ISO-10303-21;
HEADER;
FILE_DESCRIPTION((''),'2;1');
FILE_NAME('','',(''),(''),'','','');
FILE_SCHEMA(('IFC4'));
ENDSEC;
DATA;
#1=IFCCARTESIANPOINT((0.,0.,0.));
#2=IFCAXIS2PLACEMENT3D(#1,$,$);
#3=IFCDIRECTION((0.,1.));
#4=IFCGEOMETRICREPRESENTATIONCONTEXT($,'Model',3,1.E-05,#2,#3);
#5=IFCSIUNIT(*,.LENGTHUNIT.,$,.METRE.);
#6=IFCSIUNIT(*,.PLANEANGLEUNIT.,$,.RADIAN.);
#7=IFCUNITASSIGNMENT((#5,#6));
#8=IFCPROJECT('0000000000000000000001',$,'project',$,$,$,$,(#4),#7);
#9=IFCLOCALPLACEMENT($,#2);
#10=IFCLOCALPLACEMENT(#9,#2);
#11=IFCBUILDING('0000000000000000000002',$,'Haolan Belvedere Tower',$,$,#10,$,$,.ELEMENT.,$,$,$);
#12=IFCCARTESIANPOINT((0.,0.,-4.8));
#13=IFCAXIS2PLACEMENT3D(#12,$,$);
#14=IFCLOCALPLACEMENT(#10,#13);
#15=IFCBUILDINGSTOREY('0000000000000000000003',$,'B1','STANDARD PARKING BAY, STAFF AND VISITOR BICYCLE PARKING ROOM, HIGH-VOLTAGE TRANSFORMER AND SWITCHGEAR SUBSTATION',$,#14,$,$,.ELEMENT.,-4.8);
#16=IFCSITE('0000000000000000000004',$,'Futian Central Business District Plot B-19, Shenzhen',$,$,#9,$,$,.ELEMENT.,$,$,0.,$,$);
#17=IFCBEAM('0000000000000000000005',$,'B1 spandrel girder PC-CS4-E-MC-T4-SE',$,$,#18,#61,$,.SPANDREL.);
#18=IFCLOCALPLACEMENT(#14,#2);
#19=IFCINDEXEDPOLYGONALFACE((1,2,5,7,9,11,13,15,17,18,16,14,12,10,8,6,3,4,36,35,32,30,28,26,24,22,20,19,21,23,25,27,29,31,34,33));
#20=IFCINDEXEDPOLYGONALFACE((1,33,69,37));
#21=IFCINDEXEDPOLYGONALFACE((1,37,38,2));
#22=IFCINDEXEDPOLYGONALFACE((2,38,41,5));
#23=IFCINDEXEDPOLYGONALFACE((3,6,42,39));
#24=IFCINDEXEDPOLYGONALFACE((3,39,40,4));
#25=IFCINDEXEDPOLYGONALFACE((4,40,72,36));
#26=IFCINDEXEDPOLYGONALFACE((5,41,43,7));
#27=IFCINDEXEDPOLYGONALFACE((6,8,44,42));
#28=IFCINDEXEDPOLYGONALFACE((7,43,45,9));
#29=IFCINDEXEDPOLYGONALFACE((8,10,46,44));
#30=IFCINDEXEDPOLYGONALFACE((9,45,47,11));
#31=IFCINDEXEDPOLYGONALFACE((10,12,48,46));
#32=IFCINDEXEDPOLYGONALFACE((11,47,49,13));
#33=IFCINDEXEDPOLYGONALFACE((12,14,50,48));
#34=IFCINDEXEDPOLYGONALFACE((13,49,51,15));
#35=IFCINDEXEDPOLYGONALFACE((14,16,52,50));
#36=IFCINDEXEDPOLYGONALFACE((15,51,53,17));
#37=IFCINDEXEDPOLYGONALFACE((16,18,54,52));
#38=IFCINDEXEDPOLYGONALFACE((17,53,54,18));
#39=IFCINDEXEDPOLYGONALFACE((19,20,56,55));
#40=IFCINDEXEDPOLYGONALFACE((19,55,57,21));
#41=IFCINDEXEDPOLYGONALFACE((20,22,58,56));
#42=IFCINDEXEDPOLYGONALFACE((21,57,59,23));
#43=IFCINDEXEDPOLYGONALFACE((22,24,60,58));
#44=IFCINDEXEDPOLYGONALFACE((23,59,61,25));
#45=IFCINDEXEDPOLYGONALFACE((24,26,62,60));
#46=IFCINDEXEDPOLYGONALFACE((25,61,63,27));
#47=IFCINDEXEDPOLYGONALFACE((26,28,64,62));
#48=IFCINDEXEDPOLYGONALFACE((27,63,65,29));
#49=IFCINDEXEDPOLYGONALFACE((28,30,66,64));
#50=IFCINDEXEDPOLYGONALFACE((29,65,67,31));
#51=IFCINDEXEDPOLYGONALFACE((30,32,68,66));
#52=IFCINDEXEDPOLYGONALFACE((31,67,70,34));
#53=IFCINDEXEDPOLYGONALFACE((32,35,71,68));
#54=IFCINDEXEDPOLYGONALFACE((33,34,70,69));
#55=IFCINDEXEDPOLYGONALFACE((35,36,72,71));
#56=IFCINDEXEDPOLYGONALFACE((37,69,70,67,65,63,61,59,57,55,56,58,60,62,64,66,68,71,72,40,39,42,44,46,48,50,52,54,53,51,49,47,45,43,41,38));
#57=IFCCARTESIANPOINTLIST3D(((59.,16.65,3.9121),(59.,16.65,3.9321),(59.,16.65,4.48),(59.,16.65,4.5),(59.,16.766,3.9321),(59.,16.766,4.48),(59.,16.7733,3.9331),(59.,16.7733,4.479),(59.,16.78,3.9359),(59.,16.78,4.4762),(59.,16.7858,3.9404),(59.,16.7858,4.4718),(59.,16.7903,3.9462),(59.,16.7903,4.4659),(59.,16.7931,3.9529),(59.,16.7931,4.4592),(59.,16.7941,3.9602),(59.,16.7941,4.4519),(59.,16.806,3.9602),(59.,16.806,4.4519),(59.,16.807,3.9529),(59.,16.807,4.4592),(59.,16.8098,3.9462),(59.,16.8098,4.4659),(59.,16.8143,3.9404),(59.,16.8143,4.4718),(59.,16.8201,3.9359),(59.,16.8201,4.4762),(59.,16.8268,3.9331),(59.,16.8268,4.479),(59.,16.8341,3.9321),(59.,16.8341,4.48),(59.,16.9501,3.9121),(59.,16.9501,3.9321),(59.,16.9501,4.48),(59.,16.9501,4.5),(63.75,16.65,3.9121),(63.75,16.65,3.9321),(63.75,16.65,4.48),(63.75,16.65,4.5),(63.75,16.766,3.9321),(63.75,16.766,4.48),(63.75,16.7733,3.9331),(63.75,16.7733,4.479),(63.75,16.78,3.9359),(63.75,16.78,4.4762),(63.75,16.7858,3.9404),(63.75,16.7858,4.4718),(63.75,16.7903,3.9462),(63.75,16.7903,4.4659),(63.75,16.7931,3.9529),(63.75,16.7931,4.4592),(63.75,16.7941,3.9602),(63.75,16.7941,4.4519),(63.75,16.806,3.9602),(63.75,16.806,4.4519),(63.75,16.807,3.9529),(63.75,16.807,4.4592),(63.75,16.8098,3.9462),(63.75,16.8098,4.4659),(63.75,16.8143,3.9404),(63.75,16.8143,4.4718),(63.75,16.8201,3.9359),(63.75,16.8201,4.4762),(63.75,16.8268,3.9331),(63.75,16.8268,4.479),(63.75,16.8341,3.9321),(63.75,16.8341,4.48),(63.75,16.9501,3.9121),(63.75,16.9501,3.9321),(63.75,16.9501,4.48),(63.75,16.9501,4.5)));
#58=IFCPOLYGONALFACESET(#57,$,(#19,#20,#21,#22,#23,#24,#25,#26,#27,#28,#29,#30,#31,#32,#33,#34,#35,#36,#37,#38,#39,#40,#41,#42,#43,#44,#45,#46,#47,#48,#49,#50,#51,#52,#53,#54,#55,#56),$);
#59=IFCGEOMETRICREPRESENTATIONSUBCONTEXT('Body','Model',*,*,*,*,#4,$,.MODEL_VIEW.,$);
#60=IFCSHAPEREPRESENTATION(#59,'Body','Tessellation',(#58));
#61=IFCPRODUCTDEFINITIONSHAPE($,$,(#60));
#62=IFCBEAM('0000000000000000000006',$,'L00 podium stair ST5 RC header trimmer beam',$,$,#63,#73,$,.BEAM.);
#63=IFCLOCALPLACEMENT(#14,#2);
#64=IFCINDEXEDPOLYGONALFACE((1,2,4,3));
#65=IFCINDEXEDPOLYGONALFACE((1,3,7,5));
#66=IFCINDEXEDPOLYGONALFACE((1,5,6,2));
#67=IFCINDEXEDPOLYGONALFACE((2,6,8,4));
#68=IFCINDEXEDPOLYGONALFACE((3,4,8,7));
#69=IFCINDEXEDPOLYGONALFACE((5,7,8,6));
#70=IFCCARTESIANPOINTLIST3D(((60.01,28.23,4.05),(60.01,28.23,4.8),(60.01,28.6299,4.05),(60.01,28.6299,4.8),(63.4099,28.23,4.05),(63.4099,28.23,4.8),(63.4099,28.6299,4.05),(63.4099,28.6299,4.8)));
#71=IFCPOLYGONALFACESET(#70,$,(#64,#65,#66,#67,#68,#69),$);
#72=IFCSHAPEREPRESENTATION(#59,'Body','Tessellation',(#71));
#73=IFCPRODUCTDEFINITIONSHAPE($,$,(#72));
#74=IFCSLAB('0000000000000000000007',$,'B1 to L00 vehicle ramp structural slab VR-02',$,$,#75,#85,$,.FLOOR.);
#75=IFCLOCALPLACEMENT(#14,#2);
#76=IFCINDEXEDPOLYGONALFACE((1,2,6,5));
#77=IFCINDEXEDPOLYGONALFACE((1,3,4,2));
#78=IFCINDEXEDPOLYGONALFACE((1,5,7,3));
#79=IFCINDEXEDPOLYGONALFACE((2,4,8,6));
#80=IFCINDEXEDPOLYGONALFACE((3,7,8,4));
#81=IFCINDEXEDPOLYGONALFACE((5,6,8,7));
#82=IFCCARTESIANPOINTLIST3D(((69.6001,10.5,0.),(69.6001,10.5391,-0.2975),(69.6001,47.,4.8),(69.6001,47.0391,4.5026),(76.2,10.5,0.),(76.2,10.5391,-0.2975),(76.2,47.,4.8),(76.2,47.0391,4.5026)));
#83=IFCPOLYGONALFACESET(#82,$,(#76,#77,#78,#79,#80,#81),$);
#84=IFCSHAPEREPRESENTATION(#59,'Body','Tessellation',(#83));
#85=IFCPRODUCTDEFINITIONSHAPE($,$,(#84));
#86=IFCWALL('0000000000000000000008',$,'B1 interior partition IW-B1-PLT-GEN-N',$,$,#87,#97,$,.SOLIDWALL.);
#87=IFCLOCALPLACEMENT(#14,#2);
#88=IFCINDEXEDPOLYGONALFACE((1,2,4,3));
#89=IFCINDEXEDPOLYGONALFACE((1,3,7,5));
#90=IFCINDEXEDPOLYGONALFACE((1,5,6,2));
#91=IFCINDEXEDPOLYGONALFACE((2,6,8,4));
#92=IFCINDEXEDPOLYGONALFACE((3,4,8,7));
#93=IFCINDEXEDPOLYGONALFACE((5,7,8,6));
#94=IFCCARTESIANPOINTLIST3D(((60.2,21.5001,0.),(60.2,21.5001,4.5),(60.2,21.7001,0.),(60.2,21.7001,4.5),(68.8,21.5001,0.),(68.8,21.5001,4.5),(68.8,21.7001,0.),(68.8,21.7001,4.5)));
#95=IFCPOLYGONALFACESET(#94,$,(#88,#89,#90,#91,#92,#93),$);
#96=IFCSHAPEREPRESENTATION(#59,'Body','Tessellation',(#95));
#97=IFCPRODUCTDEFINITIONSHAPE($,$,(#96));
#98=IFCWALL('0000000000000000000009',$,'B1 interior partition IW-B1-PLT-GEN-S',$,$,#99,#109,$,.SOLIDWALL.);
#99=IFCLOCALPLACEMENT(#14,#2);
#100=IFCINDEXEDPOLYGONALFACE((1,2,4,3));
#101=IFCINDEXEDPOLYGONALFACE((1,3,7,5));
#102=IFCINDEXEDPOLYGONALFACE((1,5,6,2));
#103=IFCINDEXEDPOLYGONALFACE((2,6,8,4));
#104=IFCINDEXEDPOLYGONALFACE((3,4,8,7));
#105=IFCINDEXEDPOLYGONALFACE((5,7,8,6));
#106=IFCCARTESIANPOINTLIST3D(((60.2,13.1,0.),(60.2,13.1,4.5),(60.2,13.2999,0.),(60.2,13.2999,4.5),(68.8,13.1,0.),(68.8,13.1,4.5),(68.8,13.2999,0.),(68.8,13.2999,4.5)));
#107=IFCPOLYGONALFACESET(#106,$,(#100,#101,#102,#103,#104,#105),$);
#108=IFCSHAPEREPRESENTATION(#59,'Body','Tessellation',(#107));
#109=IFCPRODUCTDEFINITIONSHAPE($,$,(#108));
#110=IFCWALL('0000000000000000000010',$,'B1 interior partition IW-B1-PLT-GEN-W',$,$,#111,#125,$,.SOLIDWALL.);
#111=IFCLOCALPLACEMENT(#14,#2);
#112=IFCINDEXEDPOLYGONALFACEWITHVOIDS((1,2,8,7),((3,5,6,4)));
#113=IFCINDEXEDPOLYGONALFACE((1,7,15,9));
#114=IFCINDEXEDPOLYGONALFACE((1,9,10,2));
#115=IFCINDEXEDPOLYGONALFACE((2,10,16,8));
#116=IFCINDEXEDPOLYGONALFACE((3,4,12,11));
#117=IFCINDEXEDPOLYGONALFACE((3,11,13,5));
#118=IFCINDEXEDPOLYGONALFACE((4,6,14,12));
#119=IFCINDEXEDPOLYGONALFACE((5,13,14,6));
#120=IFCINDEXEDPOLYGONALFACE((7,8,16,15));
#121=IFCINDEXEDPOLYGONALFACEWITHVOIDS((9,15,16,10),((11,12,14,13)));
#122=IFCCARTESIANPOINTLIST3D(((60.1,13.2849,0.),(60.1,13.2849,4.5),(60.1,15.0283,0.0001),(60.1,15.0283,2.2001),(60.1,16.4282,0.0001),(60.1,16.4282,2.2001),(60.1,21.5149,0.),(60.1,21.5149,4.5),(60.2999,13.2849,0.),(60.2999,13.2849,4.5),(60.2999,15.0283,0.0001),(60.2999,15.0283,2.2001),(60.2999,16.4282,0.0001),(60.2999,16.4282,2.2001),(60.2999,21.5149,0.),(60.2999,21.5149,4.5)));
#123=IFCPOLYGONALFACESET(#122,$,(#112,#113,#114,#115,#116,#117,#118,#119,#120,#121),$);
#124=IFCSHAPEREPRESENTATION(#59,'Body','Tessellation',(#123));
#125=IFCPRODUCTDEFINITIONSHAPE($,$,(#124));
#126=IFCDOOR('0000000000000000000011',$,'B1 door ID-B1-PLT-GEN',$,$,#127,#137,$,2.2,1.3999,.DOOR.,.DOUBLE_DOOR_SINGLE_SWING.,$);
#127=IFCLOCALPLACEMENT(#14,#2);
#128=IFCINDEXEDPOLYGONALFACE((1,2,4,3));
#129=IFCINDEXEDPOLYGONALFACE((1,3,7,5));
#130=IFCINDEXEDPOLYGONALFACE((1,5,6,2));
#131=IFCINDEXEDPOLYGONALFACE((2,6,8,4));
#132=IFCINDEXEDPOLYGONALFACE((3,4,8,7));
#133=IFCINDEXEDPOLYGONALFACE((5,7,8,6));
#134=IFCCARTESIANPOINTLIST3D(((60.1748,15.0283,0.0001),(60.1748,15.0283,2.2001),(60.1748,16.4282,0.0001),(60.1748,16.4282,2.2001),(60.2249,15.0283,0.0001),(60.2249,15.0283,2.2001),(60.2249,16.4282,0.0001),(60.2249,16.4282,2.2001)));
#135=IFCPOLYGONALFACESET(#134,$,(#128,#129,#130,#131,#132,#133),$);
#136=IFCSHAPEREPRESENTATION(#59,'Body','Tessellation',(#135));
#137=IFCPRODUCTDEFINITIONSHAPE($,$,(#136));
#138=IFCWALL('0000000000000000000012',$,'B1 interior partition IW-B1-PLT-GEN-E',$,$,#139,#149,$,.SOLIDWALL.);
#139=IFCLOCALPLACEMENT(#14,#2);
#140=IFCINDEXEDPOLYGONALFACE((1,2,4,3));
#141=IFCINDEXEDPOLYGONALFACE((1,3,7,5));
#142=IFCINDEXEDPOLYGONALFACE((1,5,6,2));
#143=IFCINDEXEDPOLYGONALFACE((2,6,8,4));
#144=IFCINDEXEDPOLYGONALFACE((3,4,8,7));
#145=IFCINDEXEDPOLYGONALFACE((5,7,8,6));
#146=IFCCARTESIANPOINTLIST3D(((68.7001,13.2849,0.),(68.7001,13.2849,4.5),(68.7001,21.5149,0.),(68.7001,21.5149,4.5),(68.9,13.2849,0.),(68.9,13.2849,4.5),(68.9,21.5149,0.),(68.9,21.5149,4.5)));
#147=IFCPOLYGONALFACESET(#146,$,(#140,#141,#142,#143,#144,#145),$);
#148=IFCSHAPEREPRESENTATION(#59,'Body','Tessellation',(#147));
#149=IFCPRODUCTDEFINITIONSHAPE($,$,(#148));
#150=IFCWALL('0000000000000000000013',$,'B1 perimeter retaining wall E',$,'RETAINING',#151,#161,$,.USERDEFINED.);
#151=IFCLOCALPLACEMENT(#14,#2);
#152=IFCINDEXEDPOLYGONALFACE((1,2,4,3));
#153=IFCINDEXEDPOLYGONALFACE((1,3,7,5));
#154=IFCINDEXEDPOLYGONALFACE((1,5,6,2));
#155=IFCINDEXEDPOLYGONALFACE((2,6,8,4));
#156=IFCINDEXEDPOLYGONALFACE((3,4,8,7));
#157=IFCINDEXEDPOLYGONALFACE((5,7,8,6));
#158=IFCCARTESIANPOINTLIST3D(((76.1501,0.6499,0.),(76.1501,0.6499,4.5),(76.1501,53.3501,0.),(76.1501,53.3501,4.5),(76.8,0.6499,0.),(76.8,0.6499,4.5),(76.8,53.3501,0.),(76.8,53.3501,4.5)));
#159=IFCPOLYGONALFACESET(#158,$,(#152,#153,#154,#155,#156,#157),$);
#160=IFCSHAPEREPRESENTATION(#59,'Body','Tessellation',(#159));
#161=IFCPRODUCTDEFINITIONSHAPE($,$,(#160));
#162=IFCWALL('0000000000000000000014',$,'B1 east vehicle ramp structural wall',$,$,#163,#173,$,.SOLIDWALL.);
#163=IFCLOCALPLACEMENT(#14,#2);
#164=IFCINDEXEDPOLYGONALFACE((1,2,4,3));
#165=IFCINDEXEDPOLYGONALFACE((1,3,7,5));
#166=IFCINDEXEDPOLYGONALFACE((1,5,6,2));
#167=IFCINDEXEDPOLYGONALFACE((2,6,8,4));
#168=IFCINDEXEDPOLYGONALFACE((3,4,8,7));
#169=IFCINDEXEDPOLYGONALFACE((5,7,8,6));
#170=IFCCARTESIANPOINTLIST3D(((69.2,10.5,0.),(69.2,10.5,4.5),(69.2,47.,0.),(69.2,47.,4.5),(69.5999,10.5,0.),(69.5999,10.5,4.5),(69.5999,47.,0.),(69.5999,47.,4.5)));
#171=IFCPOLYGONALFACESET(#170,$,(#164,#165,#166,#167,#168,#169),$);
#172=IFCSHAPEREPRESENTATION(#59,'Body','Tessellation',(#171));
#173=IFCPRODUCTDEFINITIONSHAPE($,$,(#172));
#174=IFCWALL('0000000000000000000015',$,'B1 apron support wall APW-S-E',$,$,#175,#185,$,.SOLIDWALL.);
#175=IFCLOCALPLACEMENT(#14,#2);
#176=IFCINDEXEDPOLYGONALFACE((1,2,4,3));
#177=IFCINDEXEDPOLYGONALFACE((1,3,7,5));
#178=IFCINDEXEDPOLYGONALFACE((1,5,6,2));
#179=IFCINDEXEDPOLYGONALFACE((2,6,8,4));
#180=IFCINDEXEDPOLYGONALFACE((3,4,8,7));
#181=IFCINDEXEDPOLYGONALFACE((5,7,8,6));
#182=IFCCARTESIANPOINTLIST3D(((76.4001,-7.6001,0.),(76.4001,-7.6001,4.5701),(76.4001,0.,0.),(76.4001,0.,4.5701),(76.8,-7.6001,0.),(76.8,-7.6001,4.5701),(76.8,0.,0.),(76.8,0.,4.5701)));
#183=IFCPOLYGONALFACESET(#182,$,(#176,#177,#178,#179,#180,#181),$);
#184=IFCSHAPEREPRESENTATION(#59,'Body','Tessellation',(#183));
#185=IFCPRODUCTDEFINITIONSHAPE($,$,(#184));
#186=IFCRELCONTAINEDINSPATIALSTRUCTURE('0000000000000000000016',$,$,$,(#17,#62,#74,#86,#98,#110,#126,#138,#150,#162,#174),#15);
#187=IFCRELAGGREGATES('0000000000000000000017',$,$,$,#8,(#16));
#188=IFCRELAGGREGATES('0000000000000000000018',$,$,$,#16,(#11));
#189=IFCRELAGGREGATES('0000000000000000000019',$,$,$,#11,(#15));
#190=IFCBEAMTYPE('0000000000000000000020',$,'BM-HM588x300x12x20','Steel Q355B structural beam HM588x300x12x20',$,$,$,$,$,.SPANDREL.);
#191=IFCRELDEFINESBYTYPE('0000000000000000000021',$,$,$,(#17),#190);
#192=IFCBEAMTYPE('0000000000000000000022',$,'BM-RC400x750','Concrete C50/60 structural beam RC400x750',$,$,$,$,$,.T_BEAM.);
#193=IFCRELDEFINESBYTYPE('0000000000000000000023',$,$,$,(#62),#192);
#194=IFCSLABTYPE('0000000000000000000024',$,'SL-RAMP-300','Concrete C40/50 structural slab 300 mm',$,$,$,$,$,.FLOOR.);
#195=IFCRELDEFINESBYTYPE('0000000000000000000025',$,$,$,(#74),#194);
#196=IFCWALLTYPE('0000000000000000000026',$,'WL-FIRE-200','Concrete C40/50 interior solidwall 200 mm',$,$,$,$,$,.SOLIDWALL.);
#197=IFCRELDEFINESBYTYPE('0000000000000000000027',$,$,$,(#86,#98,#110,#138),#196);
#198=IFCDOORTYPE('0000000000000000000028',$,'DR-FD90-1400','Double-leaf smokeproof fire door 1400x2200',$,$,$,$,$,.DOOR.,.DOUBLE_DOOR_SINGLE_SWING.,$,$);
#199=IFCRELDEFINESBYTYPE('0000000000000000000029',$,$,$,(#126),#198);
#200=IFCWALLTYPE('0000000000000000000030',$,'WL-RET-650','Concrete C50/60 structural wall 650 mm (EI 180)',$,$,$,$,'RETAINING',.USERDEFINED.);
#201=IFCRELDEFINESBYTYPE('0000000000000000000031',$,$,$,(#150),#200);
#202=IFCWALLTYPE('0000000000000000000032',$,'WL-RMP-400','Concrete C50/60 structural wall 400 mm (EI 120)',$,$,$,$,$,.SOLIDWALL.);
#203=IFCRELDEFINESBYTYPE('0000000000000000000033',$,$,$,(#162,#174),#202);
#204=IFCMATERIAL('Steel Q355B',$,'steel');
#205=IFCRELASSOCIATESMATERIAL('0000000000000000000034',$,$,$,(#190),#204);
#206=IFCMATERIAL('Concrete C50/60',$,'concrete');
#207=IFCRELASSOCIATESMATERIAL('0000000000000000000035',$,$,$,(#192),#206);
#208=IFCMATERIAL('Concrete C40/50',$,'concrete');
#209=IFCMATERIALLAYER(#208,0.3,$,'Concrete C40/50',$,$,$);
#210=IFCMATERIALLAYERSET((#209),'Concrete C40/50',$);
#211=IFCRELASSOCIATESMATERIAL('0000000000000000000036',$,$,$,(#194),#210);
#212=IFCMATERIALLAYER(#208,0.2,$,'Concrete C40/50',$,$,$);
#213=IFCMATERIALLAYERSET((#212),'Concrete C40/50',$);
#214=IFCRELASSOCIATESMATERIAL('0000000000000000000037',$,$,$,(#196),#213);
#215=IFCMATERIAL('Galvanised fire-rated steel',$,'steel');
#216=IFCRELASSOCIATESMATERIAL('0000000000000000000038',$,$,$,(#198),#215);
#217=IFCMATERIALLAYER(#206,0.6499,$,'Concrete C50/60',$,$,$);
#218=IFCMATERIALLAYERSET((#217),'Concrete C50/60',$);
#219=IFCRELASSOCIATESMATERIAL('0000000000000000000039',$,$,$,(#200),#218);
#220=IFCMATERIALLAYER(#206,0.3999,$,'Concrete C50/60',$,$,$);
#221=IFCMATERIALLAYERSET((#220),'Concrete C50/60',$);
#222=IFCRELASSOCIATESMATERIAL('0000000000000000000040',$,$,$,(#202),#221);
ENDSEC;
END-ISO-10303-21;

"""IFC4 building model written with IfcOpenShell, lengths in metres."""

from ifc_helpers import new_model, si_unit, direction, frame, frame_2d, origin, origin_2d, place, context, subcontext, project, spatial, polyline, rectangle, i_section, outline, extrude, material, layer, layer_set, material_profile, profile_set, type_object, element, fill, save


model = new_model("IFC4")

# Units and contexts
model_context = context("Model", 3, precision=1e-05, world=origin(), true_north=direction((0.0, 1.0)))
body_context = subcontext(model_context, "Body", "Model", "MODEL_VIEW")
ifc_project = project(units=[si_unit("LENGTHUNIT", "METRE"), si_unit("PLANEANGLEUNIT", "RADIAN")], contexts=[model_context])

# Site, building, storey
site_placement = place(None, origin())
site = spatial("IfcSite", under=ifc_project, at=site_placement, Name="Futian Central Business District Plot B-19, Shenzhen", CompositionType="ELEMENT", RefElevation=0.0)
building_placement = place(site_placement, origin())
building = spatial("IfcBuilding", under=site, at=building_placement, Name="Haolan Belvedere Tower", CompositionType="ELEMENT")
storey_placement = place(building_placement, frame((0.0, 0.0, -4.8)))
storey = spatial("IfcBuildingStorey", under=building, at=storey_placement, Name="B1", Description="STANDARD PARKING BAY, STAFF AND VISITOR BICYCLE PARKING ROOM, HIGH-VOLTAGE TRANSFORMER AND SWITCHGEAR SUBSTATION", CompositionType="ELEMENT", Elevation=-4.8)

# Shared definitions
ifc_material_1 = material(Name="Steel Q355B", Category="steel")

# Beams
ifc_material_profile_1 = material_profile(ifc_material_1, i_section(OverallWidth=0.3, OverallDepth=0.5879, WebThickness=0.012, FlangeThickness=0.02, FilletRadius=0.0281, at=origin_2d()), Name="Steel Q355B")
ifc_profile_set_1 = profile_set([ifc_material_profile_1], Name="Steel Q355B")
beam_type_1 = type_object("IfcBeamType", Name="BM-HM588x300x12x20", Description="Steel Q355B structural beam HM588x300x12x20", PredefinedType="SPANDREL", material=ifc_profile_set_1)
beam_1_placement = place(storey_placement, frame((59.0, 16.8, 4.2061), z_axis=(1.0, 0.0, 0.0), x_axis=(0.0, 1.0, 0.0)))
element("IfcBeam", 1, at=beam_1_placement, inside=storey, type_object=beam_type_1, Name="B1 spandrel girder PC-CS4-E-MC-T4-SE", PredefinedType="SPANDREL", context=body_context, shape_type="SweptSolid", body=[
    extrude(i_section(OverallWidth=0.3, OverallDepth=0.5879, WebThickness=0.012, FlangeThickness=0.02, FilletRadius=0.0281, at=origin_2d()), origin(), (0.0, 0.0, 1.0), 4.75),
])
ifc_material_2 = material(Name="Concrete C50/60", Category="concrete")
ifc_material_profile_2 = material_profile(ifc_material_2, rectangle(XDim=0.3999, YDim=0.75, at=origin_2d()), Name="Concrete C50/60")
ifc_profile_set_2 = profile_set([ifc_material_profile_2], Name="Concrete C50/60")
beam_type_2 = type_object("IfcBeamType", Name="BM-RC400x750", Description="Concrete C50/60 structural beam RC400x750", PredefinedType="T_BEAM", material=ifc_profile_set_2)
beam_2_placement = place(storey_placement, frame((60.01, 28.4299, 4.425), z_axis=(1.0, 0.0, 0.0), x_axis=(0.0, 1.0, 0.0)))
element("IfcBeam", 2, at=beam_2_placement, inside=storey, type_object=beam_type_2, Name="L00 podium stair ST5 RC header trimmer beam", PredefinedType="BEAM", context=body_context, shape_type="SweptSolid", body=[
    extrude(rectangle(XDim=0.3999, YDim=0.75, at=origin_2d()), origin(), (0.0, 0.0, 1.0), 3.3999),
])

# Slab
ifc_material_3 = material(Name="Concrete C40/50", Category="concrete")
ifc_layer_1 = layer(ifc_material_3, 0.3, Name="Concrete C40/50")
ifc_layer_set_1 = layer_set([ifc_layer_1], Name="Concrete C40/50")
slab_type = type_object("IfcSlabType", Name="SL-RAMP-300", Description="Concrete C40/50 structural slab 300 mm", PredefinedType="FLOOR", material=ifc_layer_set_1)
slab_placement = place(storey_placement, frame((69.6001, 10.5, 0.0), z_axis=(0.0, -0.130386, 0.991463), x_axis=(1.0, 0.0, 0.0)))
element("IfcSlab", 3, at=slab_placement, inside=storey, type_object=slab_type, Name="B1 to L00 vehicle ramp structural slab VR-02", PredefinedType="FLOOR", context=body_context, shape_type="SweptSolid", body=[
    extrude(outline(polyline([(0.0, 0.0), (6.5999, 0.0), (6.5999, 36.8143), (0.0, 36.8143), (0.0, 0.0)])), origin(), (0.0, 0.0, -1.0), 0.3),
])

# Walls
ifc_layer_2 = layer(ifc_material_3, 0.2, Name="Concrete C40/50")
ifc_layer_set_2 = layer_set([ifc_layer_2], Name="Concrete C40/50")
wall_type_1 = type_object("IfcWallType", Name="WL-FIRE-200", Description="Concrete C40/50 interior solidwall 200 mm", PredefinedType="SOLIDWALL", material=ifc_layer_set_2)
for number, where, z_axis, x_axis, name in (
    (4, (60.2, 21.6001, 0.0), (0.0, 0.0, 1.0), (1.0, 0.0, 0.0), "B1 interior partition IW-B1-PLT-GEN-N"),
    (5, (60.2, 13.2, 0.0), (0.0, 0.0, 1.0), (1.0, 0.0, 0.0), "B1 interior partition IW-B1-PLT-GEN-S"),
):
    element("IfcWall", number, at=place(storey_placement, frame(where, z_axis=z_axis, x_axis=x_axis)), inside=storey, type_object=wall_type_1, Name=name, PredefinedType="SOLIDWALL", context=body_context, shape_type="SweptSolid", body=[
        extrude(rectangle(XDim=8.6001, YDim=0.2, at=frame_2d((4.3, 0.0))), origin(), (0.0, 0.0, 1.0), 4.5),
    ])

# Wall, opening, door
wall_1_placement = place(storey_placement, frame((60.2, 13.2849, 0.0), z_axis=(0.0, 0.0, 1.0), x_axis=(0.0, 1.0, 0.0)))
wall_1 = element("IfcWall", 6, at=wall_1_placement, inside=storey, type_object=wall_type_1, Name="B1 interior partition IW-B1-PLT-GEN-W", PredefinedType="SOLIDWALL", context=body_context, shape_type="SweptSolid", body=[
    extrude(rectangle(XDim=8.23, YDim=0.2, at=frame_2d((4.115, 0.0))), origin(), (0.0, 0.0, 1.0), 4.5),
])
opening_placement = place(wall_1_placement, frame((3.1433, 0.0, 0.0), z_axis=(0.0, 0.0, 1.0), x_axis=(-1.0, 0.0, 0.0)))
opening = element("IfcOpeningElement", 7, at=opening_placement, cuts=wall_1, PredefinedType="OPENING", context=body_context, shape_type="SweptSolid", body=[
    extrude(rectangle(XDim=1.3999, YDim=2.2, at=frame_2d((0.7, 1.1001))), frame((0.0, 0.1099, 0.0), z_axis=(0.0, -1.0, 0.0), x_axis=(1.0, 0.0, 0.0)), (0.0, 0.0, 1.0), 0.22),
])
ifc_material_4 = material(Name="Galvanised fire-rated steel", Category="steel")
door_type = type_object("IfcDoorType", Name="DR-FD90-1400", Description="Double-leaf smokeproof fire door 1400x2200", OperationType="DOUBLE_DOOR_SINGLE_SWING", PredefinedType="DOOR", material=ifc_material_4)
door_placement = place(opening_placement, origin())
door = element("IfcDoor", 8, at=door_placement, inside=storey, type_object=door_type, Name="B1 door ID-B1-PLT-GEN", OperationType="DOUBLE_DOOR_SINGLE_SWING", OverallHeight=2.2, OverallWidth=1.3999, PredefinedType="DOOR", context=body_context, shape_type="SweptSolid", body=[
    extrude(rectangle(XDim=1.3999, YDim=2.2, at=frame_2d((0.7, 1.1001))), frame((0.0, 0.0249, 0.0), z_axis=(0.0, -1.0, 0.0), x_axis=(1.0, 0.0, 0.0)), (0.0, 0.0, 1.0), 0.05),
])
fill(opening, door)

# Walls
wall_2_placement = place(storey_placement, frame((68.8, 13.2849, 0.0), z_axis=(0.0, 0.0, 1.0), x_axis=(0.0, 1.0, 0.0)))
element("IfcWall", 9, at=wall_2_placement, inside=storey, type_object=wall_type_1, Name="B1 interior partition IW-B1-PLT-GEN-E", PredefinedType="SOLIDWALL", context=body_context, shape_type="SweptSolid", body=[
    extrude(rectangle(XDim=8.23, YDim=0.2, at=frame_2d((4.115, 0.0))), origin(), (0.0, 0.0, 1.0), 4.5),
])
ifc_layer_3 = layer(ifc_material_2, 0.6499, Name="Concrete C50/60")
ifc_layer_set_3 = layer_set([ifc_layer_3], Name="Concrete C50/60")
wall_type_2 = type_object("IfcWallType", Name="WL-RET-650", Description="Concrete C50/60 structural wall 650 mm (EI 180)", ElementType="RETAINING", PredefinedType="USERDEFINED", material=ifc_layer_set_3)
wall_3_placement = place(storey_placement, frame((76.4751, 0.6499, 0.0), z_axis=(0.0, 0.0, 1.0), x_axis=(0.0, 1.0, 0.0)))
element("IfcWall", 10, at=wall_3_placement, inside=storey, type_object=wall_type_2, Name="B1 perimeter retaining wall E", ObjectType="RETAINING", PredefinedType="USERDEFINED", context=body_context, shape_type="SweptSolid", body=[
    extrude(rectangle(XDim=52.7002, YDim=0.6499, at=frame_2d((26.3501, 0.0))), origin(), (0.0, 0.0, 1.0), 4.5),
])
ifc_layer_4 = layer(ifc_material_2, 0.3999, Name="Concrete C50/60")
ifc_layer_set_4 = layer_set([ifc_layer_4], Name="Concrete C50/60")
wall_type_3 = type_object("IfcWallType", Name="WL-RMP-400", Description="Concrete C50/60 structural wall 400 mm (EI 120)", PredefinedType="SOLIDWALL", material=ifc_layer_set_4)
wall_4_placement = place(storey_placement, frame((69.3999, 10.5, 0.0), z_axis=(0.0, 0.0, 1.0), x_axis=(0.0, 1.0, 0.0)))
element("IfcWall", 11, at=wall_4_placement, inside=storey, type_object=wall_type_3, Name="B1 east vehicle ramp structural wall", PredefinedType="SOLIDWALL", context=body_context, shape_type="SweptSolid", body=[
    extrude(rectangle(XDim=36.5, YDim=0.3999, at=frame_2d((18.25, 0.0))), origin(), (0.0, 0.0, 1.0), 4.5),
])
wall_5_placement = place(storey_placement, frame((76.6001, -7.6001, 0.0), z_axis=(0.0, 0.0, 1.0), x_axis=(0.0, 1.0, 0.0)))
element("IfcWall", 12, at=wall_5_placement, inside=storey, type_object=wall_type_3, Name="B1 apron support wall APW-S-E", PredefinedType="SOLIDWALL", context=body_context, shape_type="SweptSolid", body=[
    extrude(rectangle(XDim=7.6001, YDim=0.3999, at=frame_2d((3.8, 0.0))), origin(), (0.0, 0.0, 1.0), 4.5701),
])

save(model, "model.ifc")
